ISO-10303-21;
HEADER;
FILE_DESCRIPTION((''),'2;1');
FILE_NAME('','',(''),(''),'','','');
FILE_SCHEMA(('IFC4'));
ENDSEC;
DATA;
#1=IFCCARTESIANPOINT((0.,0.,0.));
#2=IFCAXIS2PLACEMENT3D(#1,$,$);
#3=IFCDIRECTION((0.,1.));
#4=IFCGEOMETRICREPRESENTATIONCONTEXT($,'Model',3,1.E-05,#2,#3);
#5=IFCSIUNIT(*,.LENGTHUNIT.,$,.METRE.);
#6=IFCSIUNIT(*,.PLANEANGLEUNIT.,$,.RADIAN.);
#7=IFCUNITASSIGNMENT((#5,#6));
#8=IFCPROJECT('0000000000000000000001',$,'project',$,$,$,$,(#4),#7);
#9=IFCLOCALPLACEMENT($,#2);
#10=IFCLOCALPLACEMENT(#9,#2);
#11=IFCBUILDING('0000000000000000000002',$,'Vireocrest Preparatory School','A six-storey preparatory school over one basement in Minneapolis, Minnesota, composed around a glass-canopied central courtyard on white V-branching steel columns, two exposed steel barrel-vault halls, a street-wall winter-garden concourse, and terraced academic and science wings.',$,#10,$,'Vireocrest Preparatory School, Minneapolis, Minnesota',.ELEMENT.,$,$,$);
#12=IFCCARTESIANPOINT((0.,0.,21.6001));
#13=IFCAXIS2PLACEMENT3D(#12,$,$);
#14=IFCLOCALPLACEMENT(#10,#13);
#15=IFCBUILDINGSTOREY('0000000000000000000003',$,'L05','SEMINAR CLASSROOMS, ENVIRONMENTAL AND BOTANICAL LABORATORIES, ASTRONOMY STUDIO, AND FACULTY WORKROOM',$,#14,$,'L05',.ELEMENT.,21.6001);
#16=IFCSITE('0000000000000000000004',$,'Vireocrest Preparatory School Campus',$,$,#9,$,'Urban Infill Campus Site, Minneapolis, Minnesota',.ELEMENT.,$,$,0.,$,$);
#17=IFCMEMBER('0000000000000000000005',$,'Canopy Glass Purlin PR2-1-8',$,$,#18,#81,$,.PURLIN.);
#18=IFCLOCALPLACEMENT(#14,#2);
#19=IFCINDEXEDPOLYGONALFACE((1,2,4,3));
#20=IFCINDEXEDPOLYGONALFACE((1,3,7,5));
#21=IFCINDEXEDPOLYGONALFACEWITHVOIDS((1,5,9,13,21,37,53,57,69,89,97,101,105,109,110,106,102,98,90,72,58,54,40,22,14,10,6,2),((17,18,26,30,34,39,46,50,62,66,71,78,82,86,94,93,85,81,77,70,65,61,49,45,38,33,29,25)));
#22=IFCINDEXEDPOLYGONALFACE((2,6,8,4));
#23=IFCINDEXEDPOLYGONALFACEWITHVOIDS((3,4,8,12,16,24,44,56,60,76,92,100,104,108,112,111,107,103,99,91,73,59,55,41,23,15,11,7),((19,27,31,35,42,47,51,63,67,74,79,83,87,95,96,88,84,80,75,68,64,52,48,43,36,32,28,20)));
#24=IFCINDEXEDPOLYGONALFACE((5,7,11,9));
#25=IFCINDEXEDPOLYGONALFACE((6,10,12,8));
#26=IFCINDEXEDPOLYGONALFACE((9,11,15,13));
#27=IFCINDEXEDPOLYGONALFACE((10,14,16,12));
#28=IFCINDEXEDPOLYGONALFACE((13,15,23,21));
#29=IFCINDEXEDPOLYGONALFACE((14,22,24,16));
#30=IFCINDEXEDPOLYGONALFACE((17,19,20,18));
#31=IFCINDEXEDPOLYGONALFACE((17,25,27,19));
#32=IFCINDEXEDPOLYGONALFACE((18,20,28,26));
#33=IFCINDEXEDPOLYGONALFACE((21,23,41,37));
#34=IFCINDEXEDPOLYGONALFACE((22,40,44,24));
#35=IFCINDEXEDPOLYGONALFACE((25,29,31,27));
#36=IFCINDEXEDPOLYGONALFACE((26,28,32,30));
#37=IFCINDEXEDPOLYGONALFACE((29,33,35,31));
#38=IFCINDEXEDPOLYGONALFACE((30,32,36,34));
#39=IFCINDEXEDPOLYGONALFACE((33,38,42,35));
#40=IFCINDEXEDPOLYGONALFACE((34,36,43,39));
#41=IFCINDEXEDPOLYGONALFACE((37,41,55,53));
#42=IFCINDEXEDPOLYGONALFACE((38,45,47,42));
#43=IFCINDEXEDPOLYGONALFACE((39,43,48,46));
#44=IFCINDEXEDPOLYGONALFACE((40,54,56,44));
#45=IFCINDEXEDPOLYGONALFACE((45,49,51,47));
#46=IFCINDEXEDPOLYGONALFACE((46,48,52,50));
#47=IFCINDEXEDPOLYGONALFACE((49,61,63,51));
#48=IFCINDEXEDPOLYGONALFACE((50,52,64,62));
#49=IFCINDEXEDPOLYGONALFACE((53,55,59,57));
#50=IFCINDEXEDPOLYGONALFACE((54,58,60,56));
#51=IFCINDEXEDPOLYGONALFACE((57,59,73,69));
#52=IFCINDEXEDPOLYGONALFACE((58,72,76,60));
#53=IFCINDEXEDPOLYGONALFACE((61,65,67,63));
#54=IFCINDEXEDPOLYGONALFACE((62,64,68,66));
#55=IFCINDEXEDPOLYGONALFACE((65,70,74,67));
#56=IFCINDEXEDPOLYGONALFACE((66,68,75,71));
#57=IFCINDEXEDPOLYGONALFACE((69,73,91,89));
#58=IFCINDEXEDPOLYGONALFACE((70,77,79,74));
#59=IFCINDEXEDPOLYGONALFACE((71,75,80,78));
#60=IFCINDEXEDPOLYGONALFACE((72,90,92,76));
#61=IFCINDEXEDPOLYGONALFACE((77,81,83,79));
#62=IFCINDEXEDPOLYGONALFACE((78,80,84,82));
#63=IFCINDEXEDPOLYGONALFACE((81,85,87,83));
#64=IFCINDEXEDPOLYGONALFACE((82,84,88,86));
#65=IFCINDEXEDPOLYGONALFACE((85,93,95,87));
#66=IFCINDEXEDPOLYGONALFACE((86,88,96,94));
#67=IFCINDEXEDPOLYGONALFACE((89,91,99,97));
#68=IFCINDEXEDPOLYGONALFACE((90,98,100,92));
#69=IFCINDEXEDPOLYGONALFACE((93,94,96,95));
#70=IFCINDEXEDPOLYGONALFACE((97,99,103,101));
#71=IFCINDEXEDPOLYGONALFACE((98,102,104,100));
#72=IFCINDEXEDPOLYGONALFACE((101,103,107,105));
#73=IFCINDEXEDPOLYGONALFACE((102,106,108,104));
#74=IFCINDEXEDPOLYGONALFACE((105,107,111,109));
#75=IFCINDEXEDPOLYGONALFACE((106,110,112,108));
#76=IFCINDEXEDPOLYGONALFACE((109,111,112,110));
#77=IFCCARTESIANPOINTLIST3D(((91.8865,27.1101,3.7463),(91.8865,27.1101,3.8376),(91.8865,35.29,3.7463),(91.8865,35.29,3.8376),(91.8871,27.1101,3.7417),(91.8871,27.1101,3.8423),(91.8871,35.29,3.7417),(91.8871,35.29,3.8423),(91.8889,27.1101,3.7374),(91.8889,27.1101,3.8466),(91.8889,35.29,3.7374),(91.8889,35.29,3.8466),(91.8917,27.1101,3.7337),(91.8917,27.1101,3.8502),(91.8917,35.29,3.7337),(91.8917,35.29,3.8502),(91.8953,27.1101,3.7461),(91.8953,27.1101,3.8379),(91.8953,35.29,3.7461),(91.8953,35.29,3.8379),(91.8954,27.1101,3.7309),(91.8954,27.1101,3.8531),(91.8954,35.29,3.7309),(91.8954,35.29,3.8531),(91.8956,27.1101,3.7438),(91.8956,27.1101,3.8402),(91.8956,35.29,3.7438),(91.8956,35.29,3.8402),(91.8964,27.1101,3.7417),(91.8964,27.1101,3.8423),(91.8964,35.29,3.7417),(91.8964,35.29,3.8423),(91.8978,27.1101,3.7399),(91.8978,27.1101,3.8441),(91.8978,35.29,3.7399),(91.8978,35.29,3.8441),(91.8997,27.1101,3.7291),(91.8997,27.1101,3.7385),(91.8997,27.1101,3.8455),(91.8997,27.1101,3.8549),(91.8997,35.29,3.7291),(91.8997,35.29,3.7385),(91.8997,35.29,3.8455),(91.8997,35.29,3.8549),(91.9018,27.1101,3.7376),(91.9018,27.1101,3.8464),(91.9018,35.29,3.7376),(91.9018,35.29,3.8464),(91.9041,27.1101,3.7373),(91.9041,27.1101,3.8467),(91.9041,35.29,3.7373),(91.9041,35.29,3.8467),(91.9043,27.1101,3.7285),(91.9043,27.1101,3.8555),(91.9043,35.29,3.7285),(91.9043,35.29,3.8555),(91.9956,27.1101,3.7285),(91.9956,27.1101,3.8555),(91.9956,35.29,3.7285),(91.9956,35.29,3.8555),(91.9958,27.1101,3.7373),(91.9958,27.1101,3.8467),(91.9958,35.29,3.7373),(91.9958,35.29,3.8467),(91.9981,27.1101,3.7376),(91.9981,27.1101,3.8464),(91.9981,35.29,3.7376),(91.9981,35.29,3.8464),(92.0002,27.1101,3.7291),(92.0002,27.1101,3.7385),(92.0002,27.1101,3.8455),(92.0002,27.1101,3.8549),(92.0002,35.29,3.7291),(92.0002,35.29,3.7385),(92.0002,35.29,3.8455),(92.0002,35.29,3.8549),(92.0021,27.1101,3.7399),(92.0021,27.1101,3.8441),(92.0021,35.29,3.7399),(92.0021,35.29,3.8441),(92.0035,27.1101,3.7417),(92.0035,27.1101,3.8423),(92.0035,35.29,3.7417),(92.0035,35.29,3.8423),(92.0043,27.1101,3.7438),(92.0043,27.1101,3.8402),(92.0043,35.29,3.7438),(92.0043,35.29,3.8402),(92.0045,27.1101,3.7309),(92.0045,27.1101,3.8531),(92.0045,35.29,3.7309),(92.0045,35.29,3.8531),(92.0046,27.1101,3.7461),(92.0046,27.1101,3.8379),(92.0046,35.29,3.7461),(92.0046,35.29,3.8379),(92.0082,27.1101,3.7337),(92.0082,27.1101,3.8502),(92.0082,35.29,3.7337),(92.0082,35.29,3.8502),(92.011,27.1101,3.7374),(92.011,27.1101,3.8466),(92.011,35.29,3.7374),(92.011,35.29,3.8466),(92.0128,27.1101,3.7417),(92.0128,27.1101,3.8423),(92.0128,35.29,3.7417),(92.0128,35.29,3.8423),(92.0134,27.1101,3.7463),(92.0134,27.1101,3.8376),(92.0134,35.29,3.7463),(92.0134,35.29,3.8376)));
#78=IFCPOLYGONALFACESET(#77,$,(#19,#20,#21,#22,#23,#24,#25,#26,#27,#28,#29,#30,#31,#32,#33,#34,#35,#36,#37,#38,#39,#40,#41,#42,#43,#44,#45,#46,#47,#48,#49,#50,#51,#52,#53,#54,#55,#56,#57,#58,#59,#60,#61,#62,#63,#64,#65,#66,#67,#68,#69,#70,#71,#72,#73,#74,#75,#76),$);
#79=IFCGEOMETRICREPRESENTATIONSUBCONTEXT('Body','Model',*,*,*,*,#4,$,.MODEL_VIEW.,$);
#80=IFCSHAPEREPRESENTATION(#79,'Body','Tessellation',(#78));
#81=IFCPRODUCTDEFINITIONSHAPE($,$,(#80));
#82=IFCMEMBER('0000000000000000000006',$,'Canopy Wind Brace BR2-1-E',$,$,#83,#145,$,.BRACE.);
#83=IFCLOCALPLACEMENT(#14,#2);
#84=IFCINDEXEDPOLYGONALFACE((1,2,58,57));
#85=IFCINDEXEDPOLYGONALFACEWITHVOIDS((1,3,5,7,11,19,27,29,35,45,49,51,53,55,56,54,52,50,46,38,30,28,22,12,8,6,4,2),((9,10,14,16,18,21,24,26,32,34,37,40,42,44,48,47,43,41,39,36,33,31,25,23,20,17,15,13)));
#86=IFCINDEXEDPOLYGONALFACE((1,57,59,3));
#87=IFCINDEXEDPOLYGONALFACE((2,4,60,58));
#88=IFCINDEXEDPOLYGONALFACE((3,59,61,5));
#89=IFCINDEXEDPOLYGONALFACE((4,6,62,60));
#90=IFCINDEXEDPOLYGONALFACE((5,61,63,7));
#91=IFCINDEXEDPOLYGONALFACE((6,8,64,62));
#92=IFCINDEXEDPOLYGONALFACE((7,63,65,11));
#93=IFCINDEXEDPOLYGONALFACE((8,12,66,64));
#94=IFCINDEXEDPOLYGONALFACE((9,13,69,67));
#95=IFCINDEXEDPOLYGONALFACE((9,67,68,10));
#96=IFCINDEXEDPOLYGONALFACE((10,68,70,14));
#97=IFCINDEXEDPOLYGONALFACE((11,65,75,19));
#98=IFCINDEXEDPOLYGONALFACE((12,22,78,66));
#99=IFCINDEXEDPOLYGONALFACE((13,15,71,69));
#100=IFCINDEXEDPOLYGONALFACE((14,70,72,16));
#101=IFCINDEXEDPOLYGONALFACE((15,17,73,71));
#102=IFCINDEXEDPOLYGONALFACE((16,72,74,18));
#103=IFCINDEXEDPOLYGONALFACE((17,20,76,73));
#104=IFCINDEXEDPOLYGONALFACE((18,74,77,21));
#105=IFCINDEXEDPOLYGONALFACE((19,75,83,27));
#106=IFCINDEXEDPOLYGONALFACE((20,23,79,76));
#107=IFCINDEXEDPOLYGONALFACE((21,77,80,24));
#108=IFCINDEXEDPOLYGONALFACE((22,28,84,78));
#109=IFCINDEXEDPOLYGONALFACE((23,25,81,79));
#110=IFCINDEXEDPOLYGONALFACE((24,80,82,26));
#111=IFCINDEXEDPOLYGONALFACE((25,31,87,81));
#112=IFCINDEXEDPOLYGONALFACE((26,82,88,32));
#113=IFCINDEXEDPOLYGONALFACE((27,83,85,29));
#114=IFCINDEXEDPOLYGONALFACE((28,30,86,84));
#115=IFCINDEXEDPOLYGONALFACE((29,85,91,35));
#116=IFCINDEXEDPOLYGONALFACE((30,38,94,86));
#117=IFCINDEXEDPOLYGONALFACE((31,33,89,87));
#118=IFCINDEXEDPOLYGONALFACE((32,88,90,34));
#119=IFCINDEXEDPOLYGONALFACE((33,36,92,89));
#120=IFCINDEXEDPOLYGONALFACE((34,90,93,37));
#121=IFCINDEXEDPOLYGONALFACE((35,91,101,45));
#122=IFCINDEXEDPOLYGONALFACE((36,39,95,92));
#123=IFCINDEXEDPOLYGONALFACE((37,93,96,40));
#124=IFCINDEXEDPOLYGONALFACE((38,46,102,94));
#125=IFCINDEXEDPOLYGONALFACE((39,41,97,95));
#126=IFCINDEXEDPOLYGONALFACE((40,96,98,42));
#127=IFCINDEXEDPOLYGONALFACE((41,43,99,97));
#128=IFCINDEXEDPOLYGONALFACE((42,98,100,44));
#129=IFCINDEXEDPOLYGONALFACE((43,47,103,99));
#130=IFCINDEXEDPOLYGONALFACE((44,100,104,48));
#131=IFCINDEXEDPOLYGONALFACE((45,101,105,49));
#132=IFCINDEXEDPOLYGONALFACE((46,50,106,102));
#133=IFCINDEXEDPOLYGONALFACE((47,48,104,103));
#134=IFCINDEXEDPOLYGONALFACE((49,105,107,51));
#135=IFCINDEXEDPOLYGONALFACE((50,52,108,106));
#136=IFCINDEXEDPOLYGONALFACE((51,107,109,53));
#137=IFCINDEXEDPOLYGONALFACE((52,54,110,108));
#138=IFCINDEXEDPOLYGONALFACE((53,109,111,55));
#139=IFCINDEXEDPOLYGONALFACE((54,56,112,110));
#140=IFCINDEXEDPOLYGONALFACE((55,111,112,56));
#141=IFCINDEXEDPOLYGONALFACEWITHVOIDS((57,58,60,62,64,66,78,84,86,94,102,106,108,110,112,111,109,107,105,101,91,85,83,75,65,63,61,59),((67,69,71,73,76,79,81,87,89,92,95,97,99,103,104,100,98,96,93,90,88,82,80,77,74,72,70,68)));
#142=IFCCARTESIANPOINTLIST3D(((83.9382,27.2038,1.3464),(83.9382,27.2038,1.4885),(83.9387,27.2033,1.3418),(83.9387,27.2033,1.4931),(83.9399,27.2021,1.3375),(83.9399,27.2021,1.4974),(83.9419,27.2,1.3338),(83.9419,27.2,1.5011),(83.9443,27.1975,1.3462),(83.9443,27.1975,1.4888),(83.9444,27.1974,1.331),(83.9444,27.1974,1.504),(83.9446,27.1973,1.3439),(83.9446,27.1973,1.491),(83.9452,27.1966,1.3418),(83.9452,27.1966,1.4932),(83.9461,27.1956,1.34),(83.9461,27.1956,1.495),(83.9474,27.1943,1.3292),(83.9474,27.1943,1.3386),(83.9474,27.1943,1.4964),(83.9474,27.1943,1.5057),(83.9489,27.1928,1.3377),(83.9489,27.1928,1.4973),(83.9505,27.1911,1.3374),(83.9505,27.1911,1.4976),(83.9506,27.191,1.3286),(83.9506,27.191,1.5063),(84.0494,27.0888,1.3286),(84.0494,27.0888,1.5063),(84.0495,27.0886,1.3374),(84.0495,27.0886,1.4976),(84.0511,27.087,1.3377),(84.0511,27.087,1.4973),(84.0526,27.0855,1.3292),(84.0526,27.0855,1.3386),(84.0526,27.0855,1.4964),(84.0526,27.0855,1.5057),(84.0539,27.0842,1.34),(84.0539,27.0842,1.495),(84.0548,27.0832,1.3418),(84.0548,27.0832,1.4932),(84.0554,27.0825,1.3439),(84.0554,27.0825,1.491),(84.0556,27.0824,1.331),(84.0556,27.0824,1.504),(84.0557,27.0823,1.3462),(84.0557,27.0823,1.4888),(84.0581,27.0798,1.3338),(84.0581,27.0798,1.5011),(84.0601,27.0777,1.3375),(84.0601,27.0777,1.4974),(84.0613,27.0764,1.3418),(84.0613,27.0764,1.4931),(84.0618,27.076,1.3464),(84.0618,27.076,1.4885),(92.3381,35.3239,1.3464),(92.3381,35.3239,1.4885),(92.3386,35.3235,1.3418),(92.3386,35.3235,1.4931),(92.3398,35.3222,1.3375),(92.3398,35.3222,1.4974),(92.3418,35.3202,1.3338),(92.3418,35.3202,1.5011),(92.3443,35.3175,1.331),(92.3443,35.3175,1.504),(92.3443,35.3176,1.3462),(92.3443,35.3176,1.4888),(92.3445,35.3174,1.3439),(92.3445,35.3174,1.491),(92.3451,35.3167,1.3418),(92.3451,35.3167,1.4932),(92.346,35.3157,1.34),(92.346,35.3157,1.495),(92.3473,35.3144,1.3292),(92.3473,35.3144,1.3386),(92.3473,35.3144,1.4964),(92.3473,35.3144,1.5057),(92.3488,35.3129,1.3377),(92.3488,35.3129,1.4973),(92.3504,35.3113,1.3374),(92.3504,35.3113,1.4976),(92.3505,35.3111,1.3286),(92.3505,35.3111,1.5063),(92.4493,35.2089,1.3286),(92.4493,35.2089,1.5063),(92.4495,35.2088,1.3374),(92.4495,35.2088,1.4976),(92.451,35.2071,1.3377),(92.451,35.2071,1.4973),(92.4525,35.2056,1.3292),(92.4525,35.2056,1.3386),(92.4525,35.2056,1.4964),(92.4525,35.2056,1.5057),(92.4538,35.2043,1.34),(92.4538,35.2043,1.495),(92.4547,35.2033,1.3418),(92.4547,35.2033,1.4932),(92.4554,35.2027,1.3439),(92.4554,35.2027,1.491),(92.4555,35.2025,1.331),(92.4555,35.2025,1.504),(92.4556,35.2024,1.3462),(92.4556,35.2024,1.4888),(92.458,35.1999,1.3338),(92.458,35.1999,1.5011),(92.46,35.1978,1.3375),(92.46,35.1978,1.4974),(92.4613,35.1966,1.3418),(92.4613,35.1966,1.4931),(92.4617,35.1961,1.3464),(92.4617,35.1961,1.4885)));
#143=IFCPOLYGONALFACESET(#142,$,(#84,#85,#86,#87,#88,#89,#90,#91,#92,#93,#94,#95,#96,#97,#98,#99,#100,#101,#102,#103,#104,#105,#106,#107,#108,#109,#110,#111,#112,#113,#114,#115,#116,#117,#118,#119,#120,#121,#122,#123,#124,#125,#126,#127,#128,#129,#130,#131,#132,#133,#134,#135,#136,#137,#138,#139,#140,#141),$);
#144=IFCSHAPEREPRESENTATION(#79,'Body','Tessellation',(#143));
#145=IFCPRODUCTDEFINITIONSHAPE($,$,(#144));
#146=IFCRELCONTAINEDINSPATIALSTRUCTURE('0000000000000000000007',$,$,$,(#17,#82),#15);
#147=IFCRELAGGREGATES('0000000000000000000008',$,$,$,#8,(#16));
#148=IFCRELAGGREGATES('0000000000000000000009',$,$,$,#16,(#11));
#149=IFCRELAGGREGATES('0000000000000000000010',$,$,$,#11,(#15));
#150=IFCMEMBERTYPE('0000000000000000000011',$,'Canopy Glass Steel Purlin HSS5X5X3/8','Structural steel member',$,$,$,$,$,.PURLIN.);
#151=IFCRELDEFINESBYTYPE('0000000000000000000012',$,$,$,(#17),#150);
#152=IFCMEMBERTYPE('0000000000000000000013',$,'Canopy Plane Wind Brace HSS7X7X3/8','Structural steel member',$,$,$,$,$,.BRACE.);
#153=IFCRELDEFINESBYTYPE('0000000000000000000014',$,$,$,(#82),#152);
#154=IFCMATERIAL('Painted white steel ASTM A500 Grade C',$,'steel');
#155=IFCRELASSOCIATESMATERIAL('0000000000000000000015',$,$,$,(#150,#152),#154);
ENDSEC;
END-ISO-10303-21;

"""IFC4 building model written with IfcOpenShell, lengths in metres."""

from ifc_helpers import new_model, si_unit, direction, frame, origin, origin_2d, place, context, subcontext, project, spatial, hollow_rectangle, extrude, material, material_profile, profile_set, type_object, element, save


model = new_model("IFC4")

# Units and contexts
model_context = context("Model", 3, precision=1e-05, world=origin(), true_north=direction((0.0, 1.0)))
body_context = subcontext(model_context, "Body", "Model", "MODEL_VIEW")
ifc_project = project(units=[si_unit("LENGTHUNIT", "METRE"), si_unit("PLANEANGLEUNIT", "RADIAN")], contexts=[model_context])

# Site, building, storey
site_placement = place(None, origin())
site = spatial("IfcSite", under=ifc_project, at=site_placement, Name="Vireocrest Preparatory School Campus", LongName="Urban Infill Campus Site, Minneapolis, Minnesota", CompositionType="ELEMENT", RefElevation=0.0)
building_placement = place(site_placement, origin())
building = spatial("IfcBuilding", under=site, at=building_placement, Name="Vireocrest Preparatory School", Description="A six-storey preparatory school over one basement in Minneapolis, Minnesota, composed around a glass-canopied central courtyard on white V-branching steel columns, two exposed steel barrel-vault halls, a street-wall winter-garden concourse, and terraced academic and science wings.", LongName="Vireocrest Preparatory School, Minneapolis, Minnesota", CompositionType="ELEMENT")
storey_placement = place(building_placement, frame((0.0, 0.0, 21.6001)))
storey = spatial("IfcBuildingStorey", under=building, at=storey_placement, Name="L05", Description="SEMINAR CLASSROOMS, ENVIRONMENTAL AND BOTANICAL LABORATORIES, ASTRONOMY STUDIO, AND FACULTY WORKROOM", LongName="L05", CompositionType="ELEMENT", Elevation=21.6001)

# Members
ifc_material_1 = material(Name="Painted white steel ASTM A500 Grade C", Category="steel")
ifc_material_profile_1 = material_profile(ifc_material_1, hollow_rectangle(XDim=0.127, YDim=0.127, WallThickness=0.0088, InnerFilletRadius=0.0088, OuterFilletRadius=0.0178, at=origin_2d()), Name="HSS5X5X3/8")
ifc_profile_set_1 = profile_set([ifc_material_profile_1], Name="Painted white steel ASTM A500 Grade C")
member_type_1 = type_object("IfcMemberType", Name="Canopy Glass Steel Purlin HSS5X5X3/8", Description="Structural steel member", PredefinedType="PURLIN", material=ifc_profile_set_1)
member_1_placement = place(storey_placement, frame((91.95, 27.1101, 3.792), z_axis=(0.0, 1.0, 0.0), x_axis=(-1.0, 0.0, 0.0)))
element("IfcMember", 1, at=member_1_placement, inside=storey, type_object=member_type_1, Name="Canopy Glass Purlin PR2-1-8", PredefinedType="PURLIN", context=body_context, shape_type="SweptSolid", body=[
    extrude(hollow_rectangle(XDim=0.127, YDim=0.127, WallThickness=0.0088, InnerFilletRadius=0.0088, OuterFilletRadius=0.0178, at=origin_2d()), origin(), (0.0, 0.0, 1.0), 8.1799),
])
ifc_material_profile_2 = material_profile(ifc_material_1, hollow_rectangle(XDim=0.1777, YDim=0.1777, WallThickness=0.0088, InnerFilletRadius=0.0088, OuterFilletRadius=0.0178, at=origin_2d()), Name="HSS7X7X3/8")
ifc_profile_set_2 = profile_set([ifc_material_profile_2], Name="Painted white steel ASTM A500 Grade C")
member_type_2 = type_object("IfcMemberType", Name="Canopy Plane Wind Brace HSS7X7X3/8", Description="Structural steel member", PredefinedType="BRACE", material=ifc_profile_set_2)
member_2_placement = place(storey_placement, frame((84.0, 27.1399, 1.4175), z_axis=(0.718979, 0.695031, 0.0), x_axis=(-0.695031, 0.718979, 0.0)))
element("IfcMember", 2, at=member_2_placement, inside=storey, type_object=member_type_2, Name="Canopy Wind Brace BR2-1-E", PredefinedType="BRACE", context=body_context, shape_type="SweptSolid", body=[
    extrude(hollow_rectangle(XDim=0.1777, YDim=0.1777, WallThickness=0.0088, InnerFilletRadius=0.0088, OuterFilletRadius=0.0178, at=origin_2d()), origin(), (0.0, 0.0, 1.0), 11.6831),
])

save(model, "model.ifc")
